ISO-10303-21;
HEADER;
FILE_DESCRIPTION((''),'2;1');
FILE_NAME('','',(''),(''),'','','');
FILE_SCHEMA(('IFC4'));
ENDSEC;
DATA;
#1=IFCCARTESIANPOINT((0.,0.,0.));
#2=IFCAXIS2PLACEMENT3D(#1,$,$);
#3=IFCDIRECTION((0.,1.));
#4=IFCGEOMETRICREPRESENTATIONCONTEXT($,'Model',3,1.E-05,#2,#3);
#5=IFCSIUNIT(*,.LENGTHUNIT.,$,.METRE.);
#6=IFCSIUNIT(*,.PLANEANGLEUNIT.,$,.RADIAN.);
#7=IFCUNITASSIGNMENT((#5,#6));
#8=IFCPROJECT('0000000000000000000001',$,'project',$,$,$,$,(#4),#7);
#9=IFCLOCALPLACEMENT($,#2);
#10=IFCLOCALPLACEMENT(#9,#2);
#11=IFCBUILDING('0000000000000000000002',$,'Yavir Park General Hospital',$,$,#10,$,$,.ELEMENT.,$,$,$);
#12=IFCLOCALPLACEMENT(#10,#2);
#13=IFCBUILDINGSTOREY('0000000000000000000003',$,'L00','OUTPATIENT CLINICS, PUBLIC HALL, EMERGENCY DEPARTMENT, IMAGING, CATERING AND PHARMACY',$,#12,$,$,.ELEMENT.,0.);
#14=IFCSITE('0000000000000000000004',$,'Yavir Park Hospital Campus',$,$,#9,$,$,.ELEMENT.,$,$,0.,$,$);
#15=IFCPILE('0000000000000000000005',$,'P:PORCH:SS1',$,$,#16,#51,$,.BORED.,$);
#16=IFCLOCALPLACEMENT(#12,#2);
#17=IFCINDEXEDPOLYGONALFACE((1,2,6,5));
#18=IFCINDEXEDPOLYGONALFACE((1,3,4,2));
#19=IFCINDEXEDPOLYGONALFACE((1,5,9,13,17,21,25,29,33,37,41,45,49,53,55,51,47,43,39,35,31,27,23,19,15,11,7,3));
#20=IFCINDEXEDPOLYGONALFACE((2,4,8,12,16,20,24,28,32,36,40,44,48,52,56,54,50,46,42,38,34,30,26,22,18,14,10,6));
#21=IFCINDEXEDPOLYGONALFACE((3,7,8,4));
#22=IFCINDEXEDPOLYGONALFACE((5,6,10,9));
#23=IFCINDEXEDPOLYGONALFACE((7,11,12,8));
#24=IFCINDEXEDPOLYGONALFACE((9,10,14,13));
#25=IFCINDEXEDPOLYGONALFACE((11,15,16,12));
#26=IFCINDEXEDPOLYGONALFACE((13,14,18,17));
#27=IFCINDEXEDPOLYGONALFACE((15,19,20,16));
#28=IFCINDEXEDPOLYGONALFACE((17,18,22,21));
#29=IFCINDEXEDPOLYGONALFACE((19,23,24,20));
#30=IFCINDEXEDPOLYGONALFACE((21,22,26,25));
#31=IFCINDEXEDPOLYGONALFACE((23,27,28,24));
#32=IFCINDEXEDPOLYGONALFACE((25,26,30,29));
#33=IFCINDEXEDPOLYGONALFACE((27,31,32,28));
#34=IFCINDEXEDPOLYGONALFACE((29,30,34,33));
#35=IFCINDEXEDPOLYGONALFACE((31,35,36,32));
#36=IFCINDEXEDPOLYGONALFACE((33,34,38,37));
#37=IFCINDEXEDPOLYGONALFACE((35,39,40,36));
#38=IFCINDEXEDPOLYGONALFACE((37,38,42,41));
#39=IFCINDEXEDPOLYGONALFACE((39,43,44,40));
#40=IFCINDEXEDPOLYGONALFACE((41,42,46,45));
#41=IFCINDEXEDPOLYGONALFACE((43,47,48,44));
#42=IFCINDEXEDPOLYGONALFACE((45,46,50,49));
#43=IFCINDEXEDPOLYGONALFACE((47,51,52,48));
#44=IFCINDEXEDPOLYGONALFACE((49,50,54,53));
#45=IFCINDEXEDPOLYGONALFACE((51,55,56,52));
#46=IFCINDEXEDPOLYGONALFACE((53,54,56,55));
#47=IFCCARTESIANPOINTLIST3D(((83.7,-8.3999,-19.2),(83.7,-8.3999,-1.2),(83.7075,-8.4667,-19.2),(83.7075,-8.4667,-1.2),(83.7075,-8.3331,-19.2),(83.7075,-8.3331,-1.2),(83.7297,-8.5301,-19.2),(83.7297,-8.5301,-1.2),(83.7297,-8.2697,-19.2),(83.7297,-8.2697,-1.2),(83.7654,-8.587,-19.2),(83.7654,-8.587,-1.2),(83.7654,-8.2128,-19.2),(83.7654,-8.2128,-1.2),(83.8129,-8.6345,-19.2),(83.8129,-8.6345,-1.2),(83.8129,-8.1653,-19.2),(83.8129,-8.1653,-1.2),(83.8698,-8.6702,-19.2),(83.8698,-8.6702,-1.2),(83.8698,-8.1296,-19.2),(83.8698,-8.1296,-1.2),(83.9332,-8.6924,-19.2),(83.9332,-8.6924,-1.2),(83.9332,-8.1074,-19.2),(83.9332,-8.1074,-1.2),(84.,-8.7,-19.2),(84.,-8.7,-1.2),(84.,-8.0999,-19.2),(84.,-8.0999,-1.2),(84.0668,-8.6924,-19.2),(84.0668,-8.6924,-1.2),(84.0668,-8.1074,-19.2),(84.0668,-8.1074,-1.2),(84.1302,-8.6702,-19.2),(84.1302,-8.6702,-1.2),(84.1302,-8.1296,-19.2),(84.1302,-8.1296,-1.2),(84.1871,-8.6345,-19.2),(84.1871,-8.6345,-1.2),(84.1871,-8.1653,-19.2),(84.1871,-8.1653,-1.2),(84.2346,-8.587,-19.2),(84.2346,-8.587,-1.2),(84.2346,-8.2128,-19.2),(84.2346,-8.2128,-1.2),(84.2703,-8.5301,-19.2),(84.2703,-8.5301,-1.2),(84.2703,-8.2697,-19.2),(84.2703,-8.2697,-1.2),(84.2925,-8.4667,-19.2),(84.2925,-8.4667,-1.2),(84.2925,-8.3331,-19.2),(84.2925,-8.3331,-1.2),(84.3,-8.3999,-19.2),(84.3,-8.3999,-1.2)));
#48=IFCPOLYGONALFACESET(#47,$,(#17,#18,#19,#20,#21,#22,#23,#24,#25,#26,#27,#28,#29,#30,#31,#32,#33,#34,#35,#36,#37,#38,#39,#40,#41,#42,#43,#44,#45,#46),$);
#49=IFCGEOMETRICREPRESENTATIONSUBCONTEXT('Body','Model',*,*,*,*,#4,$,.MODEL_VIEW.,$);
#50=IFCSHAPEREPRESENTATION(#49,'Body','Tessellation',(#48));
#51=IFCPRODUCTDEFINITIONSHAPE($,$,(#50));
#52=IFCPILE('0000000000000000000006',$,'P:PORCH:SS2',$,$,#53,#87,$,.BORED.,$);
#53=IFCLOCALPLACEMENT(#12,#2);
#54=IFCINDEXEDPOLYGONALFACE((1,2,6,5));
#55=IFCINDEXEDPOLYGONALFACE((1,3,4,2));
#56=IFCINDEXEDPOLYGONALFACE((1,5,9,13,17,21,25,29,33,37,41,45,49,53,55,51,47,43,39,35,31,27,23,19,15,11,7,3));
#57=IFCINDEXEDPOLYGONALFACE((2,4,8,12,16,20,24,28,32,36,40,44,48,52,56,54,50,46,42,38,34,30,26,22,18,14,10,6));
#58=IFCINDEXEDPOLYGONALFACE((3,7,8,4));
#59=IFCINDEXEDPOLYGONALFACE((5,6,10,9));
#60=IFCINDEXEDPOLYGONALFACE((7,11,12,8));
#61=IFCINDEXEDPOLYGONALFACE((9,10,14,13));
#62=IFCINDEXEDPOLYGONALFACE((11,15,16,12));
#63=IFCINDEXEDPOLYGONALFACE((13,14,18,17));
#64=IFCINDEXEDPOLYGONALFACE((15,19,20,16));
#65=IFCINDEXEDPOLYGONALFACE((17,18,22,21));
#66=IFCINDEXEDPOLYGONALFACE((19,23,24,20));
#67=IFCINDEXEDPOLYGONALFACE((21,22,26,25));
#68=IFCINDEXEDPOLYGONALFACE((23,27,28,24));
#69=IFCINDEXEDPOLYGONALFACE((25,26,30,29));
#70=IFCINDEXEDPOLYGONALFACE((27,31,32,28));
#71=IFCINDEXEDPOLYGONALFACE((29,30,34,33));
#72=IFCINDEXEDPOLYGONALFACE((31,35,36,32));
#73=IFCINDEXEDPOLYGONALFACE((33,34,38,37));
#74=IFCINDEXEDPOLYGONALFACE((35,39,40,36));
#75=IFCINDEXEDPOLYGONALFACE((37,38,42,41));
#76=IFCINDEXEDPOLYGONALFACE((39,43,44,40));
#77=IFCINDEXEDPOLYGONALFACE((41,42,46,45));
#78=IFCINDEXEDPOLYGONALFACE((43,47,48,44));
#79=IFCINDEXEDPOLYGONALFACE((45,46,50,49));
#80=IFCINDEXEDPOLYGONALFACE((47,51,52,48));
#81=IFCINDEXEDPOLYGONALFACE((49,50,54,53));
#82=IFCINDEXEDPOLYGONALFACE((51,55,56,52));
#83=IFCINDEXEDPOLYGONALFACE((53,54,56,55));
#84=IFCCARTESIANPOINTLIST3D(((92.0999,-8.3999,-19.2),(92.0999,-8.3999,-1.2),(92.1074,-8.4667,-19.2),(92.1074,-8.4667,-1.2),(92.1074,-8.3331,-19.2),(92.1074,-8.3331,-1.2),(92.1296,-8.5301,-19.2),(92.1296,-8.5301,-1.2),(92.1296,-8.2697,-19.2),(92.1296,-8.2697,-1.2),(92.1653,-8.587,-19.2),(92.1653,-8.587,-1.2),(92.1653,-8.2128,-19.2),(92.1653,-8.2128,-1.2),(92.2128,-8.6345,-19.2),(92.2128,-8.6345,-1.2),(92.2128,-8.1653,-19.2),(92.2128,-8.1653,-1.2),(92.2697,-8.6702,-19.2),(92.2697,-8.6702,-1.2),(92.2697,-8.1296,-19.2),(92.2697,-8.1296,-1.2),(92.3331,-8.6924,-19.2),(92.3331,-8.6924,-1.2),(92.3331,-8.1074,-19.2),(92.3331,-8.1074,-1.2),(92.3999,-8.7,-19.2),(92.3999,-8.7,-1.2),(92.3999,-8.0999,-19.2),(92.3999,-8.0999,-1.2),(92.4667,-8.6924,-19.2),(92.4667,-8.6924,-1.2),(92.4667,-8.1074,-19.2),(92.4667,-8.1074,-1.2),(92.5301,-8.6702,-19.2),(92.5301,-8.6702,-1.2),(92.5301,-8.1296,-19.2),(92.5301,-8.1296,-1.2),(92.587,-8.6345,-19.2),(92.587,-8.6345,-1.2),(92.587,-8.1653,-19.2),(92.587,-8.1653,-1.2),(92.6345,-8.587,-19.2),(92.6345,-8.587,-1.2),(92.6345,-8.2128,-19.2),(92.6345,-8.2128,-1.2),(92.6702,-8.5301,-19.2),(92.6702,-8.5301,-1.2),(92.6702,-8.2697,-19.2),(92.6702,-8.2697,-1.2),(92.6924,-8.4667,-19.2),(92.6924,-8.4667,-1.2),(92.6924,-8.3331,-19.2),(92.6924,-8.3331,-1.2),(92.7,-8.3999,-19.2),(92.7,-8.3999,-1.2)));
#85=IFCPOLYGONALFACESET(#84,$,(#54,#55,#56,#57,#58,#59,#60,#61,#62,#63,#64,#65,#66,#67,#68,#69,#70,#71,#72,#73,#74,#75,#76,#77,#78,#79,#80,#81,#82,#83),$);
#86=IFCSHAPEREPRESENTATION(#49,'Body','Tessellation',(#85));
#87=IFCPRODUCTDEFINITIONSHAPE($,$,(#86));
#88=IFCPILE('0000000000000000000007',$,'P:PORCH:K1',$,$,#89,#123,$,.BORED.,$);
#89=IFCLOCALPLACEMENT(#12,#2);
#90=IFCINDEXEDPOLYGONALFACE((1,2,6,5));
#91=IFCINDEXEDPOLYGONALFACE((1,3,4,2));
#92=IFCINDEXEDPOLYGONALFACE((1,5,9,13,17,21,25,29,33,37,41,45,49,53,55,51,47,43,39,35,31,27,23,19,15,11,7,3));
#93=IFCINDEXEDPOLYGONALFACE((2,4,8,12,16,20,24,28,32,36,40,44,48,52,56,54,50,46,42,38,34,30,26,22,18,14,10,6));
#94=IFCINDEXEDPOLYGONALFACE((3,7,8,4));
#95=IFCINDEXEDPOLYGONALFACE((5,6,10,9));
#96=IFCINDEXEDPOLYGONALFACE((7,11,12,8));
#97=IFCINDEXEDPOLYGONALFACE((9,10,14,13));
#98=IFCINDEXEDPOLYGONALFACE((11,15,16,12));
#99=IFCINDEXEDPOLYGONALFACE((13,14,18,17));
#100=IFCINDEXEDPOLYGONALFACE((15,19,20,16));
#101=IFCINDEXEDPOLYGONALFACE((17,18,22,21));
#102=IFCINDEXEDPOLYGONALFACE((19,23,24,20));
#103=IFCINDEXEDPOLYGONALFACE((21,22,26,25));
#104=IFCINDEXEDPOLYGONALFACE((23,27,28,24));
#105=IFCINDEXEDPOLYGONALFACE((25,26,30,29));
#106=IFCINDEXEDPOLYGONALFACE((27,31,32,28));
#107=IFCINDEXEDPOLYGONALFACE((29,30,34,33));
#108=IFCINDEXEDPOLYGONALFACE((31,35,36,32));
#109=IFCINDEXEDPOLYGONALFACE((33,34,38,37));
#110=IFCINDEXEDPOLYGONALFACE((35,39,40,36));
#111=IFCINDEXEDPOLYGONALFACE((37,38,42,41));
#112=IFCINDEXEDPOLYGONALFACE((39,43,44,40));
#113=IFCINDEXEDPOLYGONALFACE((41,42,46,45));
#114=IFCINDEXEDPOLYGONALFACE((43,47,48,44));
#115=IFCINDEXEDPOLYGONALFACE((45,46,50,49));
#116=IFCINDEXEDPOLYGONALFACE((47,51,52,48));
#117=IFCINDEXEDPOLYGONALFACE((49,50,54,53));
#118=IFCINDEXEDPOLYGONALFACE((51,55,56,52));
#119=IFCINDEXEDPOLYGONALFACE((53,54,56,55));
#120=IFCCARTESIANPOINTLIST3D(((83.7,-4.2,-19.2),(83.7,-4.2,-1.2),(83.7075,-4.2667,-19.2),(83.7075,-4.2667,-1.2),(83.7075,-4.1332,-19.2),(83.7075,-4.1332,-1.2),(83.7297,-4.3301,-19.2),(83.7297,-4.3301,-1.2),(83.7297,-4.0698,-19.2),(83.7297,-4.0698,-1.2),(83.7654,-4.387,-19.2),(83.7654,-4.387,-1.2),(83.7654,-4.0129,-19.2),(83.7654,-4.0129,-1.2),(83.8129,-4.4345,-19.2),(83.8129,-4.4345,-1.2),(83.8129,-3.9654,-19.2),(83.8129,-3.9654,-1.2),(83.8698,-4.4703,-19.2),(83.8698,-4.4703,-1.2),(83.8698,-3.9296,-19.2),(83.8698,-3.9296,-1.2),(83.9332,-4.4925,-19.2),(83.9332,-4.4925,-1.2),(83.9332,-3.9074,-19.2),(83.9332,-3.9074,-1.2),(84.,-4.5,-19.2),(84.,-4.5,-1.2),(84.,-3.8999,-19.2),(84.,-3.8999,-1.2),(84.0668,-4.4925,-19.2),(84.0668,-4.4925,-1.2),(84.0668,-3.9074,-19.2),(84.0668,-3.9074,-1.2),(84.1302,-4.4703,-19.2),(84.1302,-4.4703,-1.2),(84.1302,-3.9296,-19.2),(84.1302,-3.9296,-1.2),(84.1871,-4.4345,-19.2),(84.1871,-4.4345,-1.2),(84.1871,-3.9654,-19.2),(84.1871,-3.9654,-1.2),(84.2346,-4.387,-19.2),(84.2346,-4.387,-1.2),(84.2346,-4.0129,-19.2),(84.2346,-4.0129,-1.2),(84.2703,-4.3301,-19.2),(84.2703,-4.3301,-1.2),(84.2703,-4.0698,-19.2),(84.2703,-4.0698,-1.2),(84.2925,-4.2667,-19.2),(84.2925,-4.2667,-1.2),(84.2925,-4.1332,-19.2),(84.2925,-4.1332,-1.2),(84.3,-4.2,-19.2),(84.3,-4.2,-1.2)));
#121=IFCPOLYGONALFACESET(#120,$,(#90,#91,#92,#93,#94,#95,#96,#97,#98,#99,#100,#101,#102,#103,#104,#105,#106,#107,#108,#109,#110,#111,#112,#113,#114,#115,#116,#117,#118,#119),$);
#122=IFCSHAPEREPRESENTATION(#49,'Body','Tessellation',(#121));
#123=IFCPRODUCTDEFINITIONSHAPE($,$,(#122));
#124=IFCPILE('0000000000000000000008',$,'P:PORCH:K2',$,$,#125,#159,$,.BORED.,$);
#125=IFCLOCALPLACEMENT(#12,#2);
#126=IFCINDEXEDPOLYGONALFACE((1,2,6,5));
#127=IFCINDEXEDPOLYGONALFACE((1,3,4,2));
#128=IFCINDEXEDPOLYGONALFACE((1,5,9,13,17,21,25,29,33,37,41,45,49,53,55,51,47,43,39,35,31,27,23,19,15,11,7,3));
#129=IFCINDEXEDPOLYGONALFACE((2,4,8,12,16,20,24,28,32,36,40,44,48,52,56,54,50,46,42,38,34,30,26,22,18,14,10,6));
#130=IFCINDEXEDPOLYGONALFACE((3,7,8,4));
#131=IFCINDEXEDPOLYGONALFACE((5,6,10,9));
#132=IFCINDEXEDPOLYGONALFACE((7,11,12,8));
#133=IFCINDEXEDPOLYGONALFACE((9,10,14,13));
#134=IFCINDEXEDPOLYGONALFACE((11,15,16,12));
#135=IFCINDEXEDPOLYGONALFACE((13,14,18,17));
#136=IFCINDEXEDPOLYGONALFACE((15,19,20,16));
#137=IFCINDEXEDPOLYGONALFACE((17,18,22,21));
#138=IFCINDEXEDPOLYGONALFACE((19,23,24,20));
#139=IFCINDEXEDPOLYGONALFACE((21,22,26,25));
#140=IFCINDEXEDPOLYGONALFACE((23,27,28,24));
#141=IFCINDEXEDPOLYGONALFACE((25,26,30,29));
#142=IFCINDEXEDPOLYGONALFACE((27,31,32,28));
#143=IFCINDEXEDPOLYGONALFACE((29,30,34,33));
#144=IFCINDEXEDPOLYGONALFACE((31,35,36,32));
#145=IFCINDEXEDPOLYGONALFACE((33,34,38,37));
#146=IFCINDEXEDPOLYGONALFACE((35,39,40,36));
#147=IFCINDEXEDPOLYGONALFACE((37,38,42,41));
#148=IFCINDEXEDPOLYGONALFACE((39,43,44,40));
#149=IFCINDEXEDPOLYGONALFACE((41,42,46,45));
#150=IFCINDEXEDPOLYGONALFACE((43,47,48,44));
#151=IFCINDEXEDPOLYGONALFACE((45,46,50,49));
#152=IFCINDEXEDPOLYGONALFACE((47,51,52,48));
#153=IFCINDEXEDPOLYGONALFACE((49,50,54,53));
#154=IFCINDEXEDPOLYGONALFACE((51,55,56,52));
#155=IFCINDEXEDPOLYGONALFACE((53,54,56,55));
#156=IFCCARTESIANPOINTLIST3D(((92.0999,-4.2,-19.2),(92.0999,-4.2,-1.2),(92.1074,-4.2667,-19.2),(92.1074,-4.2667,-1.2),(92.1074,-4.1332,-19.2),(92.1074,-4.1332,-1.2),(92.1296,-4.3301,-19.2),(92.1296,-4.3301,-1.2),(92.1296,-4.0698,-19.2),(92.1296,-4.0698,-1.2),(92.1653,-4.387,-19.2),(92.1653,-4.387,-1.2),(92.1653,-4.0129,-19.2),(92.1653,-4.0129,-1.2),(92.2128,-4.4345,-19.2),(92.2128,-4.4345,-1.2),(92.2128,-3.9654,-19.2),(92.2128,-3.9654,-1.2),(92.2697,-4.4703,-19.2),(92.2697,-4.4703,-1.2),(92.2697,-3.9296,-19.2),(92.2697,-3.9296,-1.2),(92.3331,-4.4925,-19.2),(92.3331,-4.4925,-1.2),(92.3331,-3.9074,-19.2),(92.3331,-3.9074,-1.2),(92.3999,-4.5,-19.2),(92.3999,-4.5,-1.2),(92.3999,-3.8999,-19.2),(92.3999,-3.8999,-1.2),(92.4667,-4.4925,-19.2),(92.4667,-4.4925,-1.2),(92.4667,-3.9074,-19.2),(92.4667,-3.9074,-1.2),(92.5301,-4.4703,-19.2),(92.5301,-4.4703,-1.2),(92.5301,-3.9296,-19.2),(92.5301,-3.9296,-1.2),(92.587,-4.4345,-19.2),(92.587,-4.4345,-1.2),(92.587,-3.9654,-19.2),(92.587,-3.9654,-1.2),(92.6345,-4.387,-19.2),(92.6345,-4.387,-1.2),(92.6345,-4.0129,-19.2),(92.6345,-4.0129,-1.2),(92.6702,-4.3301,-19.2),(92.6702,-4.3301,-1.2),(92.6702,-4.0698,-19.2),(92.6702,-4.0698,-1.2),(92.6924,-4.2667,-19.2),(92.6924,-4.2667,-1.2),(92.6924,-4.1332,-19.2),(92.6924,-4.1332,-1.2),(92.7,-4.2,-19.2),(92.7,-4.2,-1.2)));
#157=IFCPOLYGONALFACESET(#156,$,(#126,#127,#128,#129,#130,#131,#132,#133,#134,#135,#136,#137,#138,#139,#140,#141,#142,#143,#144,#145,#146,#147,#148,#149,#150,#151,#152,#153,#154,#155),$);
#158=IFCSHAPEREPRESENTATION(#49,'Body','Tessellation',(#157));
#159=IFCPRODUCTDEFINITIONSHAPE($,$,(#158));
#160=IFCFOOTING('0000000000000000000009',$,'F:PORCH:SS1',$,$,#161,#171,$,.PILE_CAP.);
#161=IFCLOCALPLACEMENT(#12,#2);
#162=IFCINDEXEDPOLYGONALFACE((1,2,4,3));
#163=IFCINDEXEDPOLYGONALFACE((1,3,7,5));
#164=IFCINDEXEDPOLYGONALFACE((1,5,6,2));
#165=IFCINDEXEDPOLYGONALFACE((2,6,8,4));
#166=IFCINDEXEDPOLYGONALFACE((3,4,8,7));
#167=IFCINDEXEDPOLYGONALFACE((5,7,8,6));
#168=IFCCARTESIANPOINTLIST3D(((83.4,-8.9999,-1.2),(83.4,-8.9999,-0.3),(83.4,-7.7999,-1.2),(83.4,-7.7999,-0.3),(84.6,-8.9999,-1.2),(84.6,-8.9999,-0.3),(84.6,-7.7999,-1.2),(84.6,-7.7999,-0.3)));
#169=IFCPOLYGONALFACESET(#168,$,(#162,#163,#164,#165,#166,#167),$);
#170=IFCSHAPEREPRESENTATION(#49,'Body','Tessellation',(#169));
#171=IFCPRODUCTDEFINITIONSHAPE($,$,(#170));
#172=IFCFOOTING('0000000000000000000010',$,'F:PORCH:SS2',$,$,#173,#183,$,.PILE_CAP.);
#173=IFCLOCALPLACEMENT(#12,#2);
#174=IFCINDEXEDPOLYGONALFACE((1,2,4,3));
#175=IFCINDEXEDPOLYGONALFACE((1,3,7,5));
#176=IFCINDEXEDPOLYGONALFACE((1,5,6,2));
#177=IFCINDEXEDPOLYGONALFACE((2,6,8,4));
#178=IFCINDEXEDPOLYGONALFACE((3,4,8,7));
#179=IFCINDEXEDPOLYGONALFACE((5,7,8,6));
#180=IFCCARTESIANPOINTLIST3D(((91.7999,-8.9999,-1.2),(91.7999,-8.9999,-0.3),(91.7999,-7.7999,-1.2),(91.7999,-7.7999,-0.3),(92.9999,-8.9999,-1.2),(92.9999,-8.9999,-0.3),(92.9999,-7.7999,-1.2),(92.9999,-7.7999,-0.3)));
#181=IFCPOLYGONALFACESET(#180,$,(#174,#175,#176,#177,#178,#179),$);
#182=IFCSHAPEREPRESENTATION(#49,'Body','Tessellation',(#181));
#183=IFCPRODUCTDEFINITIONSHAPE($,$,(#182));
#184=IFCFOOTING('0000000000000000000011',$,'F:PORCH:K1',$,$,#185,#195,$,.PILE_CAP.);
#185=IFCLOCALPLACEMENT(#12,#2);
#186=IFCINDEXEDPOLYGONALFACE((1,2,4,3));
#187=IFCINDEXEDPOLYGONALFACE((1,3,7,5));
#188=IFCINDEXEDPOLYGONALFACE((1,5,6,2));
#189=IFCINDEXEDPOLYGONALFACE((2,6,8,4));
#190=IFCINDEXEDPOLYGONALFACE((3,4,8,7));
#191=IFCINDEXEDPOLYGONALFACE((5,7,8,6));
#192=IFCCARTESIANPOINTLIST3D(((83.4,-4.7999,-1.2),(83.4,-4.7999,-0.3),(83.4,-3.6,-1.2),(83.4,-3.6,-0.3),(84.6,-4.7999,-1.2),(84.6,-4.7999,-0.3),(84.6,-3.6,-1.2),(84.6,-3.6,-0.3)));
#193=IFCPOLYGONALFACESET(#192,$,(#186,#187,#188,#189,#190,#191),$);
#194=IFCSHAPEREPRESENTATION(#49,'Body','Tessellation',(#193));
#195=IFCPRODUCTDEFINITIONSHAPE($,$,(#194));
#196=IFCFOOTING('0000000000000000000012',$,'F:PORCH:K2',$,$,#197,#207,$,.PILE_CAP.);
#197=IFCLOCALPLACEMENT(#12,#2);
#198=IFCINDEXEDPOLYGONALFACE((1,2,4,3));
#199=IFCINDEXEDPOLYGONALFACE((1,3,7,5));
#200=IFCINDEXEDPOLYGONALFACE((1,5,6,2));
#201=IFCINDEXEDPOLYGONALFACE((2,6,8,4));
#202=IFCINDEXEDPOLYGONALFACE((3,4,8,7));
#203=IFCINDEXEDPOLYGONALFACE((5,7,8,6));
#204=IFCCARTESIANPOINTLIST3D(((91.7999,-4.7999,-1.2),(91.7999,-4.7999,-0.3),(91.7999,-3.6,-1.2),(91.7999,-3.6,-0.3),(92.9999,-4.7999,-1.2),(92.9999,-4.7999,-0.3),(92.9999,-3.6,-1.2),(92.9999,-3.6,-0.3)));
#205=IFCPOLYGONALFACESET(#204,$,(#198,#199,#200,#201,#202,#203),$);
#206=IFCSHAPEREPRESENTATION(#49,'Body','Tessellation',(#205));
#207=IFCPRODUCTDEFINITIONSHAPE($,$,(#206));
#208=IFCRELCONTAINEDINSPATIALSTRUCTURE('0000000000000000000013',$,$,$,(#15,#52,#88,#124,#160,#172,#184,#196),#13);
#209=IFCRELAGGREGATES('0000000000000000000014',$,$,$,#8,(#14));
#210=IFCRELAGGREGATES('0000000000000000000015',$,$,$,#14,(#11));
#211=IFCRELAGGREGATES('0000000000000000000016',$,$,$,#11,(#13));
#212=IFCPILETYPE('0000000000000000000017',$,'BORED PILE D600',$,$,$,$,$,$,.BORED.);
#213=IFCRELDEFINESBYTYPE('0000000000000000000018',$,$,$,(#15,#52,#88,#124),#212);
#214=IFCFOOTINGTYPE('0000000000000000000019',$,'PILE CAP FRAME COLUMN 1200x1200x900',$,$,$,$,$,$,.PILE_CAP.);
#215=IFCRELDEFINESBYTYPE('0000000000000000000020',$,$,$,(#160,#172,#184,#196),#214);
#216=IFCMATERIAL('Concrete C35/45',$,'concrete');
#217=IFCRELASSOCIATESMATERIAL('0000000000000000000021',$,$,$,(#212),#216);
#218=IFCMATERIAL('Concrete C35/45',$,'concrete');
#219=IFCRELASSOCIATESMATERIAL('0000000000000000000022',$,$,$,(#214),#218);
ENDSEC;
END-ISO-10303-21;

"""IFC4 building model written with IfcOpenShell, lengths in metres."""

from ifc_helpers import new_model, si_unit, direction, frame, origin, origin_2d, place, context, subcontext, project, spatial, rectangle, circle, extrude, material, material_profile, profile_set, type_object, element, save


model = new_model("IFC4")

# Units and contexts
model_context = context("Model", 3, precision=1e-05, world=origin(), true_north=direction((0.0, 1.0)))
body_context = subcontext(model_context, "Body", "Model", "MODEL_VIEW")
ifc_project = project(units=[si_unit("LENGTHUNIT", "METRE"), si_unit("PLANEANGLEUNIT", "RADIAN")], contexts=[model_context])

# Site, building, storey
site_placement = place(None, origin())
site = spatial("IfcSite", under=ifc_project, at=site_placement, Name="Yavir Park Hospital Campus", CompositionType="ELEMENT", RefElevation=0.0)
building_placement = place(site_placement, origin())
building = spatial("IfcBuilding", under=site, at=building_placement, Name="Yavir Park General Hospital", CompositionType="ELEMENT")
storey_placement = place(building_placement, origin())
storey = spatial("IfcBuildingStorey", under=building, at=storey_placement, Name="L00", Description="OUTPATIENT CLINICS, PUBLIC HALL, EMERGENCY DEPARTMENT, IMAGING, CATERING AND PHARMACY", CompositionType="ELEMENT", Elevation=0.0)

# Piles
ifc_material_1 = material(Name="Concrete C35/45", Category="concrete")
ifc_material_profile_1 = material_profile(ifc_material_1, circle(Radius=0.3, at=origin_2d()), Name="D600")
ifc_profile_set_1 = profile_set([ifc_material_profile_1], Name="Concrete C35/45")
pile_type = type_object("IfcPileType", Name="BORED PILE D600", PredefinedType="BORED", material=ifc_profile_set_1)
for number, where, z_axis, x_axis, name in (
    (1, (84.0, -8.3999, -1.2), (0.0, 0.0, -1.0), (1.0, 0.0, 0.0), "P:PORCH:SS1"),
    (2, (92.3999, -8.3999, -1.2), (0.0, 0.0, -1.0), (1.0, 0.0, 0.0), "P:PORCH:SS2"),
    (3, (84.0, -4.2, -1.2), (0.0, 0.0, -1.0), (1.0, 0.0, 0.0), "P:PORCH:K1"),
    (4, (92.3999, -4.2, -1.2), (0.0, 0.0, -1.0), (1.0, 0.0, 0.0), "P:PORCH:K2"),
):
    element("IfcPile", number, at=place(storey_placement, frame(where, z_axis=z_axis, x_axis=x_axis)), inside=storey, type_object=pile_type, Name=name, PredefinedType="BORED", context=body_context, shape_type="SweptSolid", body=[
        extrude(circle(Radius=0.3, at=origin_2d()), origin(), (0.0, 0.0, 1.0), 18.0),
    ])

# Footings
ifc_material_2 = material(Name="Concrete C35/45", Category="concrete")
footing_type = type_object("IfcFootingType", Name="PILE CAP FRAME COLUMN 1200x1200x900", PredefinedType="PILE_CAP", material=ifc_material_2)
for number, where, z_axis, x_axis, name in (
    (5, (84.0, -8.3999, -1.2), (0.0, 0.0, 1.0), (1.0, 0.0, 0.0), "F:PORCH:SS1"),
    (6, (92.3999, -8.3999, -1.2), (0.0, 0.0, 1.0), (1.0, 0.0, 0.0), "F:PORCH:SS2"),
    (7, (84.0, -4.2, -1.2), (0.0, 0.0, 1.0), (1.0, 0.0, 0.0), "F:PORCH:K1"),
    (8, (92.3999, -4.2, -1.2), (0.0, 0.0, 1.0), (1.0, 0.0, 0.0), "F:PORCH:K2"),
):
    element("IfcFooting", number, at=place(storey_placement, frame(where, z_axis=z_axis, x_axis=x_axis)), inside=storey, type_object=footing_type, Name=name, PredefinedType="PILE_CAP", context=body_context, shape_type="SweptSolid", body=[
        extrude(rectangle(XDim=1.2, YDim=1.2, at=origin_2d()), origin(), (0.0, 0.0, 1.0), 0.8999),
    ])

save(model, "model.ifc")
